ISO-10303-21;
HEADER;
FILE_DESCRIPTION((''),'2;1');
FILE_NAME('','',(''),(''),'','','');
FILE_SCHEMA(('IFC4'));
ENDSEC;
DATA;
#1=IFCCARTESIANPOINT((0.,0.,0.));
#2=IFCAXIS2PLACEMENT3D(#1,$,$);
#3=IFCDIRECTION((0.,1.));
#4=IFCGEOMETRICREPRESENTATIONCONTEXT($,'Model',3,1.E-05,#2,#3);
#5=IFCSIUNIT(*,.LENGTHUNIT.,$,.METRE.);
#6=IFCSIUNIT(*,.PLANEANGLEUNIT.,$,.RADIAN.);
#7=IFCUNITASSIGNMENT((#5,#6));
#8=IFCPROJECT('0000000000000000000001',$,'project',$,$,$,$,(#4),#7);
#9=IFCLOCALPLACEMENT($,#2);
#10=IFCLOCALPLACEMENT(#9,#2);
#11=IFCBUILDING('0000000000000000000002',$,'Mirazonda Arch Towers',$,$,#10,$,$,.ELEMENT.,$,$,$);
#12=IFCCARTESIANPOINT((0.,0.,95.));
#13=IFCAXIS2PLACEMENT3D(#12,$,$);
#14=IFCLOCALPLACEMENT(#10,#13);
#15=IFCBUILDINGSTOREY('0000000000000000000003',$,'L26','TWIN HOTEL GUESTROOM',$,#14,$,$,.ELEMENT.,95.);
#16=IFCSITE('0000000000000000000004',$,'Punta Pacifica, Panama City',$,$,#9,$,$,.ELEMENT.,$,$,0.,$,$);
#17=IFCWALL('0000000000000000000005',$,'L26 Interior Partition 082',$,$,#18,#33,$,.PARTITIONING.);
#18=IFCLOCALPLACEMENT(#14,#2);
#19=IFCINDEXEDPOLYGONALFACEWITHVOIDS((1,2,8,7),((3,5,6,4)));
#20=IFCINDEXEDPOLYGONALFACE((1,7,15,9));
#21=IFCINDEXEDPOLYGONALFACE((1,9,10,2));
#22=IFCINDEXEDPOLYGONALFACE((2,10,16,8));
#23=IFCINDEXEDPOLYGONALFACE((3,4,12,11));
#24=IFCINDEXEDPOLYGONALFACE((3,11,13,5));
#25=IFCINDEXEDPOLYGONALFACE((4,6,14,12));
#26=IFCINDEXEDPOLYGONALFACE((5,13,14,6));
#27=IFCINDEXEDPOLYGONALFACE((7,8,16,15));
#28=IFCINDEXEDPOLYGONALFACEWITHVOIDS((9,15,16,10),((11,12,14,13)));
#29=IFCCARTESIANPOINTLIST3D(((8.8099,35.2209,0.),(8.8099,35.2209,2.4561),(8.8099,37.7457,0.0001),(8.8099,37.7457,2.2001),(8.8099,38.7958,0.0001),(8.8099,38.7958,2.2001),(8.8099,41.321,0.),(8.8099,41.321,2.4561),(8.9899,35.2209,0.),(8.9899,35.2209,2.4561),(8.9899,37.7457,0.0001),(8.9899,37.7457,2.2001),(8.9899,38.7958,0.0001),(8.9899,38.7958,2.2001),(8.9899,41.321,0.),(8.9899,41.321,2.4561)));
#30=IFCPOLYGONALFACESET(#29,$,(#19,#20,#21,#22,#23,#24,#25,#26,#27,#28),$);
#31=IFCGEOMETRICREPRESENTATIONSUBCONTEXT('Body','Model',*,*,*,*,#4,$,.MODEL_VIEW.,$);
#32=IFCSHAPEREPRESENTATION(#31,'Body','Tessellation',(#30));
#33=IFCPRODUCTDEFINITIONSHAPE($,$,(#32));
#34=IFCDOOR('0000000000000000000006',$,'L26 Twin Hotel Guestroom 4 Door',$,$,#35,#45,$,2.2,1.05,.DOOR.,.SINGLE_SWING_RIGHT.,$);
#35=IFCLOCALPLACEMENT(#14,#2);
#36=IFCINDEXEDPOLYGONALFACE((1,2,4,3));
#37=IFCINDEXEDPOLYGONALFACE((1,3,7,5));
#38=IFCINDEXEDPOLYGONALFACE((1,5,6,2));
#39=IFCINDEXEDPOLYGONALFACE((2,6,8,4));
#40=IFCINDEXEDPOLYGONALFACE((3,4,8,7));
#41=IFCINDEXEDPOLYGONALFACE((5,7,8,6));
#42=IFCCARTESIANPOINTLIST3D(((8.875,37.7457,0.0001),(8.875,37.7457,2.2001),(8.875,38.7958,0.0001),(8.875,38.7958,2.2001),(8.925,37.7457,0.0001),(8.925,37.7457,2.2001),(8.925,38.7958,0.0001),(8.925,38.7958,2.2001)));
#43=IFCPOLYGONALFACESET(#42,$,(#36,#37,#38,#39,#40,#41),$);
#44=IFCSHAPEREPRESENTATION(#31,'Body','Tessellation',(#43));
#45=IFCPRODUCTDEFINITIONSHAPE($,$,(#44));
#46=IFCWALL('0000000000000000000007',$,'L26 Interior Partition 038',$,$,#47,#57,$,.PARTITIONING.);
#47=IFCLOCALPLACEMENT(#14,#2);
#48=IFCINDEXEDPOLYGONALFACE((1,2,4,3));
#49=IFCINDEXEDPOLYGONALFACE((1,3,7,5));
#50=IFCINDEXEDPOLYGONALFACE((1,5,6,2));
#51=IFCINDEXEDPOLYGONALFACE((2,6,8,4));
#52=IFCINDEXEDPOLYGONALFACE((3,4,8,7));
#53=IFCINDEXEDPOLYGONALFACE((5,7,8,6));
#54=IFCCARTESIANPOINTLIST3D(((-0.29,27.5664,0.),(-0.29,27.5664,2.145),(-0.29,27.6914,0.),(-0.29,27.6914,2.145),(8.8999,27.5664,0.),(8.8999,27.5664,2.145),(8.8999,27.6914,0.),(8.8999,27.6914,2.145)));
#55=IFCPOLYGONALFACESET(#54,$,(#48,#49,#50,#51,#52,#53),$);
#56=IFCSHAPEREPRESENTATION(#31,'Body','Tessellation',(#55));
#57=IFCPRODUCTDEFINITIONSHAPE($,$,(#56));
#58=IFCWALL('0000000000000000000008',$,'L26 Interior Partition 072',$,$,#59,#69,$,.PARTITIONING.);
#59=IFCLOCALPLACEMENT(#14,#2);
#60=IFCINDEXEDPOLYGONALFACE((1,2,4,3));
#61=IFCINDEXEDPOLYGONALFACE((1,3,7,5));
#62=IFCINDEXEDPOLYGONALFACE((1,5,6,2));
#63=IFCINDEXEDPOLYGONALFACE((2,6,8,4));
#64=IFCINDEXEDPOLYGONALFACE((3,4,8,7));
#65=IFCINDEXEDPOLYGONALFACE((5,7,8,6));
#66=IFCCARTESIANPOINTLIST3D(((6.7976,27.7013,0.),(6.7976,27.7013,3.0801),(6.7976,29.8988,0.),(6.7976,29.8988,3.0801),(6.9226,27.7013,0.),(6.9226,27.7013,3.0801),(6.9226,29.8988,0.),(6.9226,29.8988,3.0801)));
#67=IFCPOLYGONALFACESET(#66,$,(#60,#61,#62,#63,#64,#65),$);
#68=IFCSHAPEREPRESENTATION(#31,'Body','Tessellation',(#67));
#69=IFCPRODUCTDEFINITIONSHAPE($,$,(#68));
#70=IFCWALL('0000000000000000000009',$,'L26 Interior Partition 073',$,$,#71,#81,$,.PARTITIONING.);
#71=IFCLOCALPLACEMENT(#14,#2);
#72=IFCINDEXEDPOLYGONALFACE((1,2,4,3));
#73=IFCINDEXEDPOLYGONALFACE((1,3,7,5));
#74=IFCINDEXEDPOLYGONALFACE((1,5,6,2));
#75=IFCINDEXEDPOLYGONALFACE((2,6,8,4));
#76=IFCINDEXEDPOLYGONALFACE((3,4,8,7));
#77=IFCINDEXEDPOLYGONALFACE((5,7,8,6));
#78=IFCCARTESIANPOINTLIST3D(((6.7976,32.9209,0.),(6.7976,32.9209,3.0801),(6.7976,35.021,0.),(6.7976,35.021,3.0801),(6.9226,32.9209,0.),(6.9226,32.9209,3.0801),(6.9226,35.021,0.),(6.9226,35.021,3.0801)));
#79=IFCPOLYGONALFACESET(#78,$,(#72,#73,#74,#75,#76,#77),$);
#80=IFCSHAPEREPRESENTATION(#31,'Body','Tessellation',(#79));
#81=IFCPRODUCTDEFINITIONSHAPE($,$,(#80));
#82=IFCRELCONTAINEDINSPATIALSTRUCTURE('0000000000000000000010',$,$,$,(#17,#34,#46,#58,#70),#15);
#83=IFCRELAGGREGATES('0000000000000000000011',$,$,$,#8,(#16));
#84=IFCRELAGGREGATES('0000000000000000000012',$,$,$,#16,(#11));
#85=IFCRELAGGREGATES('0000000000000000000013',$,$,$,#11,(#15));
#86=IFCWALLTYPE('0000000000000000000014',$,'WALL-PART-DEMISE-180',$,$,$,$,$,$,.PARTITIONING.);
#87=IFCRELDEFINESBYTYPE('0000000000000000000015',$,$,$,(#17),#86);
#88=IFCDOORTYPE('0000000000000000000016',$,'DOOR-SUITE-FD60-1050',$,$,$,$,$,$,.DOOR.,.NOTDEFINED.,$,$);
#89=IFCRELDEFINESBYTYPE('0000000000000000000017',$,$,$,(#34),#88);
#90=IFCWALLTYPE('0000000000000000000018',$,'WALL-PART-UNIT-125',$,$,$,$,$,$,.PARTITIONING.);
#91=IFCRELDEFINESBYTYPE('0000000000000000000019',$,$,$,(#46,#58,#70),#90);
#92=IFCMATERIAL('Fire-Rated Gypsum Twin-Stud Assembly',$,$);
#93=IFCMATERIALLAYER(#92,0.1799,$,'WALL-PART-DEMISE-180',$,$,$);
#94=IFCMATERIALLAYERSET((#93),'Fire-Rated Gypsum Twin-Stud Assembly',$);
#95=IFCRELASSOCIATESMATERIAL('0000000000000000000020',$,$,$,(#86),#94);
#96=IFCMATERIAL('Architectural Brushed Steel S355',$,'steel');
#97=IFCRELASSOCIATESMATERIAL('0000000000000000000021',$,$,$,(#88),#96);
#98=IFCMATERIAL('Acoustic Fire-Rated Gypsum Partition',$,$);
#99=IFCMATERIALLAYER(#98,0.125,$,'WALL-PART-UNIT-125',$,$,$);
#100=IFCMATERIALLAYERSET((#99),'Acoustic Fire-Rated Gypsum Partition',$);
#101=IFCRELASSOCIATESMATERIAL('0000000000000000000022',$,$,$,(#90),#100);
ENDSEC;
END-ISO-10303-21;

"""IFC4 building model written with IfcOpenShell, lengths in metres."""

from ifc_helpers import new_model, si_unit, direction, frame, frame_2d, origin, place, context, subcontext, project, spatial, rectangle, extrude, material, layer, layer_set, type_object, element, fill, save


model = new_model("IFC4")

# Units and contexts
model_context = context("Model", 3, precision=1e-05, world=origin(), true_north=direction((0.0, 1.0)))
body_context = subcontext(model_context, "Body", "Model", "MODEL_VIEW")
ifc_project = project(units=[si_unit("LENGTHUNIT", "METRE"), si_unit("PLANEANGLEUNIT", "RADIAN")], contexts=[model_context])

# Site, building, storey
site_placement = place(None, origin())
site = spatial("IfcSite", under=ifc_project, at=site_placement, Name="Punta Pacifica, Panama City", CompositionType="ELEMENT", RefElevation=0.0)
building_placement = place(site_placement, origin())
building = spatial("IfcBuilding", under=site, at=building_placement, Name="Mirazonda Arch Towers", CompositionType="ELEMENT")
storey_placement = place(building_placement, frame((0.0, 0.0, 95.0)))
storey = spatial("IfcBuildingStorey", under=building, at=storey_placement, Name="L26", Description="TWIN HOTEL GUESTROOM", CompositionType="ELEMENT", Elevation=95.0)

# Shared definitions
ifc_material_1 = material(Name="Fire-Rated Gypsum Twin-Stud Assembly")
ifc_layer_1 = layer(ifc_material_1, 0.1799, Name="WALL-PART-DEMISE-180")
ifc_layer_set_1 = layer_set([ifc_layer_1], Name="Fire-Rated Gypsum Twin-Stud Assembly")
wall_type_1 = type_object("IfcWallType", Name="WALL-PART-DEMISE-180", PredefinedType="PARTITIONING", material=ifc_layer_set_1)
ifc_material_2 = material(Name="Architectural Brushed Steel S355", Category="steel")

# Shared definitions
door_type_1 = type_object("IfcDoorType", Name="DOOR-SUITE-FD60-1050", OperationType="NOTDEFINED", PredefinedType="DOOR", material=ifc_material_2)

# Wall, opening, door
wall_1_placement = place(storey_placement, frame((8.8999, 35.2209, 0.0), z_axis=(0.0, 0.0, 1.0), x_axis=(0.0, 1.0, 0.0)))
wall_1 = element("IfcWall", 1, at=wall_1_placement, inside=storey, type_object=wall_type_1, Name="L26 Interior Partition 082", PredefinedType="PARTITIONING", context=body_context, shape_type="SweptSolid", body=[
    extrude(rectangle(XDim=6.1001, YDim=0.1799, at=frame_2d((3.05, 0.0))), origin(), (0.0, 0.0, 1.0), 2.4561),
])
opening_1_placement = place(wall_1_placement, frame((2.5249, 0.0, 0.0)))
opening_1 = element("IfcOpeningElement", 2, at=opening_1_placement, cuts=wall_1, PredefinedType="OPENING", context=body_context, shape_type="SweptSolid", body=[
    extrude(rectangle(XDim=1.05, YDim=2.2, at=frame_2d((0.5249, 1.1001))), frame((0.0, 0.0999, 0.0), z_axis=(0.0, -1.0, 0.0), x_axis=(1.0, 0.0, 0.0)), (0.0, 0.0, 1.0), 0.2),
])
door_1_placement = place(opening_1_placement, origin())
door_1 = element("IfcDoor", 3, at=door_1_placement, inside=storey, type_object=door_type_1, Name="L26 Twin Hotel Guestroom 4 Door", OperationType="SINGLE_SWING_RIGHT", OverallHeight=2.2, OverallWidth=1.05, PredefinedType="DOOR", context=body_context, shape_type="SweptSolid", body=[
    extrude(rectangle(XDim=1.05, YDim=2.2, at=frame_2d((0.5249, 1.1001))), frame((0.0, 0.0249, 0.0), z_axis=(0.0, -1.0, 0.0), x_axis=(1.0, 0.0, 0.0)), (0.0, 0.0, 1.0), 0.05),
])
fill(opening_1, door_1)

# Walls
ifc_material_3 = material(Name="Acoustic Fire-Rated Gypsum Partition")
ifc_layer_2 = layer(ifc_material_3, 0.125, Name="WALL-PART-UNIT-125")
ifc_layer_set_2 = layer_set([ifc_layer_2], Name="Acoustic Fire-Rated Gypsum Partition")
wall_type_2 = type_object("IfcWallType", Name="WALL-PART-UNIT-125", PredefinedType="PARTITIONING", material=ifc_layer_set_2)
wall_2_placement = place(storey_placement, frame((-0.29, 27.6289, 0.0), z_axis=(0.0, 0.0, 1.0), x_axis=(1.0, 0.0, 0.0)))
element("IfcWall", 4, at=wall_2_placement, inside=storey, type_object=wall_type_2, Name="L26 Interior Partition 038", PredefinedType="PARTITIONING", context=body_context, shape_type="SweptSolid", body=[
    extrude(rectangle(XDim=9.1899, YDim=0.125, at=frame_2d((4.595, 0.0))), origin(), (0.0, 0.0, 1.0), 2.145),
])
wall_3_placement = place(storey_placement, frame((6.8601, 27.7014, 0.0), z_axis=(0.0, 0.0, 1.0), x_axis=(0.0, 1.0, 0.0)))
element("IfcWall", 5, at=wall_3_placement, inside=storey, type_object=wall_type_2, Name="L26 Interior Partition 072", PredefinedType="PARTITIONING", context=body_context, shape_type="SweptSolid", body=[
    extrude(rectangle(XDim=2.1975, YDim=0.125, at=frame_2d((1.0986, 0.0))), origin(), (0.0, 0.0, 1.0), 3.0801),
])
wall_4_placement = place(storey_placement, frame((6.8601, 32.9209, 0.0), z_axis=(0.0, 0.0, 1.0), x_axis=(0.0, 1.0, 0.0)))
element("IfcWall", 6, at=wall_4_placement, inside=storey, type_object=wall_type_2, Name="L26 Interior Partition 073", PredefinedType="PARTITIONING", context=body_context, shape_type="SweptSolid", body=[
    extrude(rectangle(XDim=2.1001, YDim=0.125, at=frame_2d((1.05, 0.0))), origin(), (0.0, 0.0, 1.0), 3.0801),
])

save(model, "model.ifc")
